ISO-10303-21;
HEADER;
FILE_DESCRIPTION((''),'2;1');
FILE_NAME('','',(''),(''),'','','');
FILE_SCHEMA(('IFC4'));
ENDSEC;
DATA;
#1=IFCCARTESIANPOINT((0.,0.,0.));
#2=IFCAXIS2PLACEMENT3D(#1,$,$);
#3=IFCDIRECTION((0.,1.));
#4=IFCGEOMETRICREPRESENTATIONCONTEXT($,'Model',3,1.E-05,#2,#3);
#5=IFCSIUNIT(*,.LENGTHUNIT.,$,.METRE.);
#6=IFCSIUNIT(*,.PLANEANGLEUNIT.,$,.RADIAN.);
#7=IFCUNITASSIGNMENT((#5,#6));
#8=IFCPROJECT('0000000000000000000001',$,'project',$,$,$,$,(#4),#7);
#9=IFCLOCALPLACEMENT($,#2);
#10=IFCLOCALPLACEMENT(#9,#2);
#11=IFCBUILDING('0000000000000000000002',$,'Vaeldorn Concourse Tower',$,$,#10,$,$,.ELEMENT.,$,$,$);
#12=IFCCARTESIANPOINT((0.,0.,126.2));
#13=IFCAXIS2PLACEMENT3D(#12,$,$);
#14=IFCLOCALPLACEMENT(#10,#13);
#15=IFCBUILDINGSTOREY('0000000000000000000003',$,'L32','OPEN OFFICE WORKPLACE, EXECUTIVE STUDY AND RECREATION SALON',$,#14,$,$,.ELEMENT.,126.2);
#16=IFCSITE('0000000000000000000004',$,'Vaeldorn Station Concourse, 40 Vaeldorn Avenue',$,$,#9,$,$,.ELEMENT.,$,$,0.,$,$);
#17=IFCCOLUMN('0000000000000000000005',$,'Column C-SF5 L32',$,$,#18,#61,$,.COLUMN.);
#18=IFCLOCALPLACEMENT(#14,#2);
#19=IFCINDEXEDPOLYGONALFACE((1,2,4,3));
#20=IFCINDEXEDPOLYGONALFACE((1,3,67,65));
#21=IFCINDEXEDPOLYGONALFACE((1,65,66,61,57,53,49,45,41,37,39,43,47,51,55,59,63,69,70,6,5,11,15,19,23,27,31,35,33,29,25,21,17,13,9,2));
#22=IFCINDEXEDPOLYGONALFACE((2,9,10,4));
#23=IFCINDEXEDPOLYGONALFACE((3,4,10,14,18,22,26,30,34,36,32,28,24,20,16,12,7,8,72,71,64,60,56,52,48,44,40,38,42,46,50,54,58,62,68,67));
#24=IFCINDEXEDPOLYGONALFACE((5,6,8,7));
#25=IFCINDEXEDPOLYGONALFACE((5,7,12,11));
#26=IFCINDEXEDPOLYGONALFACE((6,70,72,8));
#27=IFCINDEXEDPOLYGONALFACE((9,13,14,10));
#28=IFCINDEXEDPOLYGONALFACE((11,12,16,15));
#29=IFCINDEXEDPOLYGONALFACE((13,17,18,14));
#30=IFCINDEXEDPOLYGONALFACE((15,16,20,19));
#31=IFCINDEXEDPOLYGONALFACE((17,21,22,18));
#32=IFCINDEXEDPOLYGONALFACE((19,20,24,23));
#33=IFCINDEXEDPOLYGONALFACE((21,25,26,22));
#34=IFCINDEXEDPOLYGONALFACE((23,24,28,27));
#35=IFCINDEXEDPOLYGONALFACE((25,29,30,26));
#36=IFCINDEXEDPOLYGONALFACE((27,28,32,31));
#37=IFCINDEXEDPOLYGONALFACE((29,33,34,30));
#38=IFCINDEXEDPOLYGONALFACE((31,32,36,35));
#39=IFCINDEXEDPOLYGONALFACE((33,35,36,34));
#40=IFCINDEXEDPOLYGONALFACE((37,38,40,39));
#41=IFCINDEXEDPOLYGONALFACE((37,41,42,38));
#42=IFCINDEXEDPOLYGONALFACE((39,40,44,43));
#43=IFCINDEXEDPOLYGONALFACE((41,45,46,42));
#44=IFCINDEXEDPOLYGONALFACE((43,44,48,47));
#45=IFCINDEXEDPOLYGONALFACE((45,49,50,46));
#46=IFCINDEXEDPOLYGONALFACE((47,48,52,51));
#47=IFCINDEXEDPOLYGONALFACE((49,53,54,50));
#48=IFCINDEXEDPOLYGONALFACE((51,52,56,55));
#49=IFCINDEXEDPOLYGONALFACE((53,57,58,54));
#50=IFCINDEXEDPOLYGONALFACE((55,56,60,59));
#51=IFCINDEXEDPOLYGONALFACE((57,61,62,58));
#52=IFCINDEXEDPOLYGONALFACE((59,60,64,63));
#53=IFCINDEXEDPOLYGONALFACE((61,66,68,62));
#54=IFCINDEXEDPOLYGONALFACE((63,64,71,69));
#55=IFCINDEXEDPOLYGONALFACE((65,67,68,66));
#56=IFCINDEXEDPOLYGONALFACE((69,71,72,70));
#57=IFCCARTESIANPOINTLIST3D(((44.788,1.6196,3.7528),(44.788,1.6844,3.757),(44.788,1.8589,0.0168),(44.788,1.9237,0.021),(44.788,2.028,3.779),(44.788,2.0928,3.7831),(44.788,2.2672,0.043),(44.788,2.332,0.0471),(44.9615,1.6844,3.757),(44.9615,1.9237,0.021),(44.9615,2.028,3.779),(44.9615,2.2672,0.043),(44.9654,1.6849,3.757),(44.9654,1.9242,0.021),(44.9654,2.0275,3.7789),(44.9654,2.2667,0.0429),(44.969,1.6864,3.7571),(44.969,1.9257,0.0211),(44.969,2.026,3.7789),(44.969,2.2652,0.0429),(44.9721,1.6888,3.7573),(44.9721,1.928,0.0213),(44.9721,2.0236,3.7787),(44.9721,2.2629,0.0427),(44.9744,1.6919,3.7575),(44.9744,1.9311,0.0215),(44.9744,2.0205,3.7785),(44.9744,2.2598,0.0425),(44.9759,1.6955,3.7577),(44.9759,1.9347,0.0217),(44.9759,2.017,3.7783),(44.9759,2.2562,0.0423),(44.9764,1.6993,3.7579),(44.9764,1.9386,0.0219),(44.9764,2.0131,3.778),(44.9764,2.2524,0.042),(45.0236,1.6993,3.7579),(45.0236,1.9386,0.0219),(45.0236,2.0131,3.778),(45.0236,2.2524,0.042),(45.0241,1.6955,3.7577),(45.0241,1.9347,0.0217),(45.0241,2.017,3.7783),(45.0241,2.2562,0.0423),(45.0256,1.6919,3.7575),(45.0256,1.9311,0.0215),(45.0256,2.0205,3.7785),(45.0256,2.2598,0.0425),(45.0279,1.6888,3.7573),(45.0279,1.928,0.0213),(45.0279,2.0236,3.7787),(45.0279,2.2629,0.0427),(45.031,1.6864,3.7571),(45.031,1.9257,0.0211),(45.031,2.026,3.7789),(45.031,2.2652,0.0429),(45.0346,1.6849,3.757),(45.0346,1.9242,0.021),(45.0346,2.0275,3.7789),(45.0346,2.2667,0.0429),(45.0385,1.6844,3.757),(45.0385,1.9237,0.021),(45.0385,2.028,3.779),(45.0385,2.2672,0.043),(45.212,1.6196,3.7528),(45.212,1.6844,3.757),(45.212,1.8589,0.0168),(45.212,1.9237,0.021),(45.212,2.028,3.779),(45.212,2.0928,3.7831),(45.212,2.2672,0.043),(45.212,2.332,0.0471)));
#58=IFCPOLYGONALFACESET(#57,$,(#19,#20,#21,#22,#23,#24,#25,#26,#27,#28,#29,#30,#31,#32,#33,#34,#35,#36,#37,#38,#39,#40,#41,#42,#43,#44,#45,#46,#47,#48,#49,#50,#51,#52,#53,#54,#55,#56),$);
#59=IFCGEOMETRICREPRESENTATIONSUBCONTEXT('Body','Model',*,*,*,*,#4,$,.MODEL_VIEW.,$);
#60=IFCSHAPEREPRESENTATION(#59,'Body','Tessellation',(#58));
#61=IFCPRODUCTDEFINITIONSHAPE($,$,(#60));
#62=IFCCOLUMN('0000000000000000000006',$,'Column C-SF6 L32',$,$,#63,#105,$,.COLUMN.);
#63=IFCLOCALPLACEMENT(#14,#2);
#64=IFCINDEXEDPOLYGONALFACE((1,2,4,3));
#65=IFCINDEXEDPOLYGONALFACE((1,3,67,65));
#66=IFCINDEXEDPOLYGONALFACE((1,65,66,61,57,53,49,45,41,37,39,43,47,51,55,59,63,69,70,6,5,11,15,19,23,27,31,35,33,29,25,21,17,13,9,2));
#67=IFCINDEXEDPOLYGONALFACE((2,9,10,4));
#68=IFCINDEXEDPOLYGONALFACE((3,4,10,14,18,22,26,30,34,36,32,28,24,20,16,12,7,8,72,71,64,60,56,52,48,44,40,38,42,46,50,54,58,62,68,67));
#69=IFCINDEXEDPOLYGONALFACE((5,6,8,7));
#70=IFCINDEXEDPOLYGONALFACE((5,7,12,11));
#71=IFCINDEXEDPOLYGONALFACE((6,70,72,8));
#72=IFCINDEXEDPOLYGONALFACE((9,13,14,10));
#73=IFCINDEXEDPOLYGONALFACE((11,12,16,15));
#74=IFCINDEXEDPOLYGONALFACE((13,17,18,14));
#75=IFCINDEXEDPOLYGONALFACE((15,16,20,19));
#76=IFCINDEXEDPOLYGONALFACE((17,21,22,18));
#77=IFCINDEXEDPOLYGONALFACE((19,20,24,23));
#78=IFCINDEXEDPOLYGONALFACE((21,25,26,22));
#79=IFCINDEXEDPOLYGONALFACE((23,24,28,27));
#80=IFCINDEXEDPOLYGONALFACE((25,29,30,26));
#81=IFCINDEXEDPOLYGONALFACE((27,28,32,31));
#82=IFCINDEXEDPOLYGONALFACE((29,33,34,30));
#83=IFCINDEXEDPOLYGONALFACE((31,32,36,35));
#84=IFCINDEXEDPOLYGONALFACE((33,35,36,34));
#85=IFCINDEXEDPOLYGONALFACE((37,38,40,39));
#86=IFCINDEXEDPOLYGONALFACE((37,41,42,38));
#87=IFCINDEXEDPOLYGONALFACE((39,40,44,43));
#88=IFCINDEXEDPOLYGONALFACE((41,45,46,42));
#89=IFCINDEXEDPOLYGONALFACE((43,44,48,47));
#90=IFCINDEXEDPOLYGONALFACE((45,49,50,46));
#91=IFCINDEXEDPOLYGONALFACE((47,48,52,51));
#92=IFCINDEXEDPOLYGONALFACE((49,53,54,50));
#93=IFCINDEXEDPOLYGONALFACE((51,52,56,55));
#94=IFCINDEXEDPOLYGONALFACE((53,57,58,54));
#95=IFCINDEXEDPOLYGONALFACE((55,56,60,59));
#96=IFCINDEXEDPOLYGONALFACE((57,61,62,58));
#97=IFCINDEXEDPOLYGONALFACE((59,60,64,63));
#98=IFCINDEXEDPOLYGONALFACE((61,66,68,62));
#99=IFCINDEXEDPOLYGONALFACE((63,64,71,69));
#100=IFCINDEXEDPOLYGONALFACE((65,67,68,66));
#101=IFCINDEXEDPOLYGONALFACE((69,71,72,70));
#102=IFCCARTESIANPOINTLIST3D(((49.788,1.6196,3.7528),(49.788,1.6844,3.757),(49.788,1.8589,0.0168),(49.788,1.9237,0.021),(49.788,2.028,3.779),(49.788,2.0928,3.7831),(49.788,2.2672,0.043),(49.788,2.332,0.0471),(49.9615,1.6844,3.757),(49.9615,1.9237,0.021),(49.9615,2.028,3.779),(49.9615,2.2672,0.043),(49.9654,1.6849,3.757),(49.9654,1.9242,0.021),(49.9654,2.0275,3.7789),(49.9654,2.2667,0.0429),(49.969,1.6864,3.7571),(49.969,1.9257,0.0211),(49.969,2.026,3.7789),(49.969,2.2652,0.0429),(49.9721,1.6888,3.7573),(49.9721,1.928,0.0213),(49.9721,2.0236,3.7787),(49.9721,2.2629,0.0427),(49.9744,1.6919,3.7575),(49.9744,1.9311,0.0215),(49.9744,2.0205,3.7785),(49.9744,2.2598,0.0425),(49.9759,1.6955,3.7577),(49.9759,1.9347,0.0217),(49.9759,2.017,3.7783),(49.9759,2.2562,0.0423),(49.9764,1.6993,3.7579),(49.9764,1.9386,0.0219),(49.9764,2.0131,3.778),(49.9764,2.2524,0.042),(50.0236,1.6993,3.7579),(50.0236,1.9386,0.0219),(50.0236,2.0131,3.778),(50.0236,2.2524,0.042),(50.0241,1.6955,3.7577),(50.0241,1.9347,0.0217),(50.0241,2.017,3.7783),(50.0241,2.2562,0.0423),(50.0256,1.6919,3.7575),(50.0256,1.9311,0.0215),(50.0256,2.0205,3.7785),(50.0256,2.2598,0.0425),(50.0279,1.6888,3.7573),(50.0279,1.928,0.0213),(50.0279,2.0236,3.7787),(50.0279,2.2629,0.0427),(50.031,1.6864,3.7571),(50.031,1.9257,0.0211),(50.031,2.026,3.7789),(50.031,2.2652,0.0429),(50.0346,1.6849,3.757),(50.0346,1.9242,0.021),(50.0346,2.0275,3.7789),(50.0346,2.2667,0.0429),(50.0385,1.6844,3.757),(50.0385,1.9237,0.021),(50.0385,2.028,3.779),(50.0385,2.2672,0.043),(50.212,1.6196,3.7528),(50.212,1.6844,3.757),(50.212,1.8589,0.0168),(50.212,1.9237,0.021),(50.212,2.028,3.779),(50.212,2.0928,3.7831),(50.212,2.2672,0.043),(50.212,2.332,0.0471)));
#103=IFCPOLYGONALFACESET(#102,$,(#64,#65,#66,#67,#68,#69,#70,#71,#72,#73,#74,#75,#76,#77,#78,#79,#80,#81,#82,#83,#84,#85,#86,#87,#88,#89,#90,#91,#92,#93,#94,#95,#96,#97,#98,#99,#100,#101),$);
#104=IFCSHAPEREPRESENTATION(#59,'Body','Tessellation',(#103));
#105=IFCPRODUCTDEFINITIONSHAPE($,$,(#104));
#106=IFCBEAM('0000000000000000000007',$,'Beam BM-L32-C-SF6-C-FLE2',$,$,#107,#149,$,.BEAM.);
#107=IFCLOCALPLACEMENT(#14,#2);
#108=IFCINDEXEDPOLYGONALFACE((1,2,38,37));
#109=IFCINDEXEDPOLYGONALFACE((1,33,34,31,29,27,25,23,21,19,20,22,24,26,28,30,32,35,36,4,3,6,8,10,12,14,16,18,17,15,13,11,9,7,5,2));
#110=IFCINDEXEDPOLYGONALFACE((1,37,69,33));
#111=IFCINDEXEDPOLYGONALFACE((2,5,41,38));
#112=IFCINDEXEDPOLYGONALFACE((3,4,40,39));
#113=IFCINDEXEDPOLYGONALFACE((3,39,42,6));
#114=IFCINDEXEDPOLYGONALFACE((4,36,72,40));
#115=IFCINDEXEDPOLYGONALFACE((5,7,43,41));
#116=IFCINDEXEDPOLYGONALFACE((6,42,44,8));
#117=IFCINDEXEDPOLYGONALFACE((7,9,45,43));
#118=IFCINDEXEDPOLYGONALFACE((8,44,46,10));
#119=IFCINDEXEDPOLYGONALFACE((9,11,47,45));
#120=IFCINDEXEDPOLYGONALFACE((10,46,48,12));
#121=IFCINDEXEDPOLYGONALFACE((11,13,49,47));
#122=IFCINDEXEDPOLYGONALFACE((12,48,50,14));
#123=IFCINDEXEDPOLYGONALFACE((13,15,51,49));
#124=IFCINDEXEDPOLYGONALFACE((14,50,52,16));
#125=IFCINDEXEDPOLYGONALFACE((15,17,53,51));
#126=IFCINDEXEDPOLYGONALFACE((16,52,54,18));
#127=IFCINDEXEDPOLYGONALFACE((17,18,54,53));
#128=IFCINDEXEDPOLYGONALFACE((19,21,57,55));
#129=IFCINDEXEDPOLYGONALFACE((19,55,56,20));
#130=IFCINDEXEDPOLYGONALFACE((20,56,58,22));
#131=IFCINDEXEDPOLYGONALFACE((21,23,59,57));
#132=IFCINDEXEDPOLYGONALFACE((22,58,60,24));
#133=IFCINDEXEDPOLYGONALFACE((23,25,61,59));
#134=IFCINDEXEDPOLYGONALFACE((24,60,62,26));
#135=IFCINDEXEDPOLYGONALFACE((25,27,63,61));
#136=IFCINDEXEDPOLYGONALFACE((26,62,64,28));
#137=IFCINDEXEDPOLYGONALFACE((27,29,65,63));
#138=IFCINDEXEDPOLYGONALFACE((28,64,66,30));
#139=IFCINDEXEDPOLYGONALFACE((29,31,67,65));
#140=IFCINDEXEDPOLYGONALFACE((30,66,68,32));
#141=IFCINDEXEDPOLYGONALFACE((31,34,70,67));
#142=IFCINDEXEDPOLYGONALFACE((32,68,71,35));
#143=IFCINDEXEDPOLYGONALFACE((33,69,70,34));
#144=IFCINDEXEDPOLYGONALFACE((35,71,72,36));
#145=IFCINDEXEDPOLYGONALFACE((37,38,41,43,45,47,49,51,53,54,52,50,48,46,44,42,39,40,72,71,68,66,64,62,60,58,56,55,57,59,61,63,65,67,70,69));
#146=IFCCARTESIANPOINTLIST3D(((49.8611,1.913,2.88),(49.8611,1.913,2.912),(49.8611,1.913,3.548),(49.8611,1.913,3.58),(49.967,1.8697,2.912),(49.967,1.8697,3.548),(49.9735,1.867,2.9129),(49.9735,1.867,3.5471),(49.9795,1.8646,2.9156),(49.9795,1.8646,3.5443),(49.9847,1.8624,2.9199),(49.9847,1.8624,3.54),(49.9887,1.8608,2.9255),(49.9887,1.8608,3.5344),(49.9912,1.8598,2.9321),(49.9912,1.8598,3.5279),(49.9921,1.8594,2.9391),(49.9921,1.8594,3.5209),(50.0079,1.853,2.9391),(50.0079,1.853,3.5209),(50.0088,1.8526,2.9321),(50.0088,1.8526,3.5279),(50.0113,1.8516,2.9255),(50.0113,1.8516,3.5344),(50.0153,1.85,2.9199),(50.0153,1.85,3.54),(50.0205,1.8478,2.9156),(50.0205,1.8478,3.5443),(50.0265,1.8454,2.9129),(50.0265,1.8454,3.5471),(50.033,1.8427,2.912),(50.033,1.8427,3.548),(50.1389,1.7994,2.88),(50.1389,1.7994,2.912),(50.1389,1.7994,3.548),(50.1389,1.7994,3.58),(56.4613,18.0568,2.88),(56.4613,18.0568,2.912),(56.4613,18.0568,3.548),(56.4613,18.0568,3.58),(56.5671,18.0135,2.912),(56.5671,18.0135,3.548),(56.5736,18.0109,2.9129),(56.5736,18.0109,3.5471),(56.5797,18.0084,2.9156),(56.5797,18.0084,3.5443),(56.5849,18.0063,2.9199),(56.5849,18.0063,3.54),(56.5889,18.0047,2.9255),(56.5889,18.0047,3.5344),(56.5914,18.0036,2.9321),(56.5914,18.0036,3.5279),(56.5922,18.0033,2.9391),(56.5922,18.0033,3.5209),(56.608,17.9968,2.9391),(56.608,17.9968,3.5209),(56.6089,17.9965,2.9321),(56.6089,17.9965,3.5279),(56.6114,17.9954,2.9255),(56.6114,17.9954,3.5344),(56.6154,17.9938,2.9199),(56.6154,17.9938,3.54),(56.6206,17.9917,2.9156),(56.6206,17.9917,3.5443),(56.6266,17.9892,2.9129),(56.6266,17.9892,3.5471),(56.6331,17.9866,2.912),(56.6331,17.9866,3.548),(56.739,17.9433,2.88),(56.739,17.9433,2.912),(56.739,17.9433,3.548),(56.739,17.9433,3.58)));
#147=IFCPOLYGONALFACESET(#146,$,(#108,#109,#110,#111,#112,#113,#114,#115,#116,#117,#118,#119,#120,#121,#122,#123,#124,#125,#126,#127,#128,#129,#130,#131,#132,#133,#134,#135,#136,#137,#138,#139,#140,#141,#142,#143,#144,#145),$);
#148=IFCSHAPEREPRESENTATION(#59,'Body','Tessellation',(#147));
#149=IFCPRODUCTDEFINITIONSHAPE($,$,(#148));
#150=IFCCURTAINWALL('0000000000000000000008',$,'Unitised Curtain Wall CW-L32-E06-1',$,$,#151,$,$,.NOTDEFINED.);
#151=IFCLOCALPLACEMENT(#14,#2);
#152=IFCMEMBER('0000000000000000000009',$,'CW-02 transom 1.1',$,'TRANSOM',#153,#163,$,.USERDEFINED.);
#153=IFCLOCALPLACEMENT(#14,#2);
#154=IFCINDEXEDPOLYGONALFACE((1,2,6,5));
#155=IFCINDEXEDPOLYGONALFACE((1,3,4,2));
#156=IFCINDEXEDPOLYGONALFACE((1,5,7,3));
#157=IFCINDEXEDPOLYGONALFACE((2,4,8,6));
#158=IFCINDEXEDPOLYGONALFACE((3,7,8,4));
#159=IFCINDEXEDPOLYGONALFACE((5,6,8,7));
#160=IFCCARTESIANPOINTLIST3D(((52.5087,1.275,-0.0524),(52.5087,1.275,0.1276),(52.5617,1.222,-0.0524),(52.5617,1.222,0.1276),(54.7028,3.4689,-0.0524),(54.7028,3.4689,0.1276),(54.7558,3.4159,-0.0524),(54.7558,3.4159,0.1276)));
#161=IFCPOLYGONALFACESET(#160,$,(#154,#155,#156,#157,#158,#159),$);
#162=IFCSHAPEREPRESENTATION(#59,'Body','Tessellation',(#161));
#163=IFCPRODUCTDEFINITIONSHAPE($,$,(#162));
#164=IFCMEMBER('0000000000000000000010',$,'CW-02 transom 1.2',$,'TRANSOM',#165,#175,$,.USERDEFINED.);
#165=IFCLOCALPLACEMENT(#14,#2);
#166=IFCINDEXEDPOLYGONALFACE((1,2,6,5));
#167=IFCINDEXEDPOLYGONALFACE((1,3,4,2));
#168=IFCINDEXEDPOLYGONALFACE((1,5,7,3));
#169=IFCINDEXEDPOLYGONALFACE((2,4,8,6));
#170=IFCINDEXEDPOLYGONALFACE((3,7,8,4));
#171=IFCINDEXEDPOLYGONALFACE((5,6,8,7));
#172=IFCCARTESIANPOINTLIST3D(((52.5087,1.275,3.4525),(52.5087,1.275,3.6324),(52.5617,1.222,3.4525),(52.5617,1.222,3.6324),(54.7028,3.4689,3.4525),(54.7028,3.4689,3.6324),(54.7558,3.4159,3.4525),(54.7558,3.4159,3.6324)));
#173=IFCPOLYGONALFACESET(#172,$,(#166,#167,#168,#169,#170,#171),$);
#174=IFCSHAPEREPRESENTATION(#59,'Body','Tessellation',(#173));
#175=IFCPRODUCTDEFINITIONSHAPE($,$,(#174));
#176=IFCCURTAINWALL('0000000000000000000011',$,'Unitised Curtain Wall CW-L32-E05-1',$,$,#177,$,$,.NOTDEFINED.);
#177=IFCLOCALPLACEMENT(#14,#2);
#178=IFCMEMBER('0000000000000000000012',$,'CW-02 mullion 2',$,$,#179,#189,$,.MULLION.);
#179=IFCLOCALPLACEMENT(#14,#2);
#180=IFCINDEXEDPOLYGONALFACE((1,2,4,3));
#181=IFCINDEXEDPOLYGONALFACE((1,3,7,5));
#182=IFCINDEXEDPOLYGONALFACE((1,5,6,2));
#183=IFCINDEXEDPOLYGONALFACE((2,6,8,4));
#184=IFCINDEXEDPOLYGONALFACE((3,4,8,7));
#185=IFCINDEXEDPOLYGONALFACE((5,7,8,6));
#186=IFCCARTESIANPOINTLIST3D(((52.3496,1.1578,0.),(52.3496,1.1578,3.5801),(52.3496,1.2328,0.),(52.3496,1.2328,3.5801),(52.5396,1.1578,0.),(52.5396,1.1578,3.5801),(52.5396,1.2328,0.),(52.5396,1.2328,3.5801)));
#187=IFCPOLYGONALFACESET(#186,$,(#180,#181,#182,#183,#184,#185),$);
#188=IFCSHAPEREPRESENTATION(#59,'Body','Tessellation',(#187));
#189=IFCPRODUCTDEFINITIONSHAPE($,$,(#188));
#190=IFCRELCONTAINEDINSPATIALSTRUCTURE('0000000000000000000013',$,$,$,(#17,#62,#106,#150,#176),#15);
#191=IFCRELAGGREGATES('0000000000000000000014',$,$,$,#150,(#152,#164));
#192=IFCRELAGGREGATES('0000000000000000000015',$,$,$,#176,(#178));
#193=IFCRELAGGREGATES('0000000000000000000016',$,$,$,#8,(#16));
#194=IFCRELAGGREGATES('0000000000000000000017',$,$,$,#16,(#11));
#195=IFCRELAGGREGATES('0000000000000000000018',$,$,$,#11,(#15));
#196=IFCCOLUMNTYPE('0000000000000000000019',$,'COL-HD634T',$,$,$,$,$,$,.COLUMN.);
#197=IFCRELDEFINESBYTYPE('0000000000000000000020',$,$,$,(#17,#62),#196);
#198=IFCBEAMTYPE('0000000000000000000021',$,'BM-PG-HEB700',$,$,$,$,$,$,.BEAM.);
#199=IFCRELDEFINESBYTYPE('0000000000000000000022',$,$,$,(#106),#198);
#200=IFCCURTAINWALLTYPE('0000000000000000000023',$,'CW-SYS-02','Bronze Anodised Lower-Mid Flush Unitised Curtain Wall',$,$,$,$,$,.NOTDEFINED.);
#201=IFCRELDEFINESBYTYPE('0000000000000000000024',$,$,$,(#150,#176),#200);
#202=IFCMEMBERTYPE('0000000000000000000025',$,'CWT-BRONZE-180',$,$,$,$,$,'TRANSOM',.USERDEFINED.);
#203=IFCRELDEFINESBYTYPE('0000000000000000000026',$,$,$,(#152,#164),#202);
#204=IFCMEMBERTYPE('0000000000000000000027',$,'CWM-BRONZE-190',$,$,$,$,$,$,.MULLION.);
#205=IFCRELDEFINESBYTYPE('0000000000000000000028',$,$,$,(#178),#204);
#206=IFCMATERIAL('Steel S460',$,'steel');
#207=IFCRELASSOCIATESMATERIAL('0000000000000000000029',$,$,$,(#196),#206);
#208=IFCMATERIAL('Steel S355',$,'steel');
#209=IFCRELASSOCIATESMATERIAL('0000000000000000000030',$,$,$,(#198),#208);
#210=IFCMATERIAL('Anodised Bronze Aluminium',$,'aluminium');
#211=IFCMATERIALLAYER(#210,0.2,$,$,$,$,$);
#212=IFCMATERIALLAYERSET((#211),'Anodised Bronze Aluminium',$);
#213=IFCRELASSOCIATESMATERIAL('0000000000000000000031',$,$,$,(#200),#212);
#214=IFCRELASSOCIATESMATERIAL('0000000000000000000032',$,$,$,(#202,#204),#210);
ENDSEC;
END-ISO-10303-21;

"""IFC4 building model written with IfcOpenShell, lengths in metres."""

from ifc_helpers import new_model, si_unit, direction, frame, origin, origin_2d, place, context, subcontext, project, spatial, rectangle, i_section, extrude, source, transform, mapped, material, layer, layer_set, material_profile, profile_set, type_object, element, aggregate, save


model = new_model("IFC4")

# Units and contexts
model_context = context("Model", 3, precision=1e-05, world=origin(), true_north=direction((0.0, 1.0)))
body_context = subcontext(model_context, "Body", "Model", "MODEL_VIEW")
ifc_project = project(units=[si_unit("LENGTHUNIT", "METRE"), si_unit("PLANEANGLEUNIT", "RADIAN")], contexts=[model_context])

# Site, building, storey
site_placement = place(None, origin())
site = spatial("IfcSite", under=ifc_project, at=site_placement, Name="Vaeldorn Station Concourse, 40 Vaeldorn Avenue", CompositionType="ELEMENT", RefElevation=0.0)
building_placement = place(site_placement, origin())
building = spatial("IfcBuilding", under=site, at=building_placement, Name="Vaeldorn Concourse Tower", CompositionType="ELEMENT")
storey_placement = place(building_placement, frame((0.0, 0.0, 126.2)))
storey = spatial("IfcBuildingStorey", under=building, at=storey_placement, Name="L32", Description="OPEN OFFICE WORKPLACE, EXECUTIVE STUDY AND RECREATION SALON", CompositionType="ELEMENT", Elevation=126.2)

# Columns
ifc_material_1 = material(Name="Steel S460", Category="steel")
ifc_material_profile_1 = material_profile(ifc_material_1, i_section(OverallWidth=0.4241, OverallDepth=0.4741, WebThickness=0.0471, FlangeThickness=0.0649, FilletRadius=0.0149, at=origin_2d()), Name="HD 400x634")
ifc_profile_set_1 = profile_set([ifc_material_profile_1], Name="Steel S460")
column_type = type_object("IfcColumnType", Name="COL-HD634T", PredefinedType="COLUMN", material=ifc_profile_set_1)
shared_shape_1 = source(origin(), body_context, "Body", "SweptSolid", [
    extrude(i_section(OverallWidth=0.4241, OverallDepth=0.4741, WebThickness=0.0471, FlangeThickness=0.0649, FilletRadius=0.0149, at=origin_2d()), origin(), (0.0, 0.0, 1.0), 3.7437),
])
for number, where, z_axis, x_axis, name in (
    (1, (45.0, 2.0955, 0.032), (0.0, -0.063909, 0.997956), (1.0, 0.0, 0.0), "Column C-SF5 L32"),
    (2, (50.0, 2.0955, 0.032), (0.0, -0.063909, 0.997956), (1.0, 0.0, 0.0), "Column C-SF6 L32"),
):
    element("IfcColumn", number, at=place(storey_placement, frame(where, z_axis=z_axis, x_axis=x_axis)), inside=storey, type_object=column_type, Name=name, PredefinedType="COLUMN", context=body_context, shape_type="MappedRepresentation", body=[
        mapped(shared_shape_1, transform((0.0, 0.0, 0.0), scale=1.0)),
    ])

# Beam
ifc_material_2 = material(Name="Steel S355", Category="steel")
ifc_material_profile_2 = material_profile(ifc_material_2, i_section(OverallWidth=0.3, OverallDepth=0.7, WebThickness=0.0171, FlangeThickness=0.032, FilletRadius=0.0271, at=origin_2d()), Name="HEB 700")
ifc_profile_set_2 = profile_set([ifc_material_profile_2], Name="Steel S355")
beam_type = type_object("IfcBeamType", Name="BM-PG-HEB700", PredefinedType="BEAM", material=ifc_profile_set_2)
shared_shape_2 = source(origin(), body_context, "Body", "SweptSolid", [
    extrude(i_section(OverallWidth=0.3, OverallDepth=0.7, WebThickness=0.0171, FlangeThickness=0.032, FilletRadius=0.0271, at=origin_2d()), origin(), (0.0, 0.0, 1.0), 17.4409),
])
beam_placement = place(storey_placement, frame((50.0, 1.8562, 3.23), z_axis=(0.378427, 0.925631, 0.0), x_axis=(-0.925631, 0.378427, 0.0)))
element("IfcBeam", 3, at=beam_placement, inside=storey, type_object=beam_type, Name="Beam BM-L32-C-SF6-C-FLE2", PredefinedType="BEAM", context=body_context, shape_type="MappedRepresentation", body=[
    mapped(shared_shape_2, transform((0.0, 0.0, 0.0), scale=1.0)),
])

# Curtain wall, members
ifc_material_3 = material(Name="Anodised Bronze Aluminium", Category="aluminium")
ifc_layer_1 = layer(ifc_material_3, 0.2)
ifc_layer_set_1 = layer_set([ifc_layer_1], Name="Anodised Bronze Aluminium")
curtain_wall_type = type_object("IfcCurtainWallType", Name="CW-SYS-02", Description="Bronze Anodised Lower-Mid Flush Unitised Curtain Wall", PredefinedType="NOTDEFINED", material=ifc_layer_set_1)
curtain_wall_1_placement = place(storey_placement, origin())
curtain_wall_1 = element("IfcCurtainWall", 4, at=curtain_wall_1_placement, inside=storey, type_object=curtain_wall_type, Name="Unitised Curtain Wall CW-L32-E06-1", PredefinedType="NOTDEFINED")
ifc_material_profile_3 = material_profile(ifc_material_3, rectangle(XDim=0.075, YDim=0.1799, at=origin_2d()), Name="CWT 75x180")
ifc_profile_set_3 = profile_set([ifc_material_profile_3], Name="Anodised Bronze Aluminium")
member_type_1 = type_object("IfcMemberType", Name="CWT-BRONZE-180", ElementType="TRANSOM", PredefinedType="USERDEFINED", material=ifc_profile_set_3)
shared_shape_3 = source(origin(), body_context, "Body", "SweptSolid", [
    extrude(rectangle(XDim=0.075, YDim=0.1799, at=origin_2d()), origin(), (0.0, 0.0, 1.0), 3.1028),
])
member_1_placement = place(storey_placement, frame((52.5352, 1.2485, 0.0376), z_axis=(0.707146, 0.707067, 0.0), x_axis=(-0.707067, 0.707146, 0.0)))
member_1 = element("IfcMember", 5, at=member_1_placement, type_object=member_type_1, Name="CW-02 transom 1.1", ObjectType="TRANSOM", PredefinedType="USERDEFINED", context=body_context, shape_type="MappedRepresentation", body=[
    mapped(shared_shape_3, transform((0.0, 0.0, 0.0), scale=1.0)),
])
member_2_placement = place(storey_placement, frame((52.5352, 1.2485, 3.5425), z_axis=(0.707146, 0.707067, 0.0), x_axis=(-0.707067, 0.707146, 0.0)))
member_2 = element("IfcMember", 6, at=member_2_placement, type_object=member_type_1, Name="CW-02 transom 1.2", ObjectType="TRANSOM", PredefinedType="USERDEFINED", context=body_context, shape_type="MappedRepresentation", body=[
    mapped(shared_shape_3, transform((0.0, 0.0, 0.0), scale=1.0)),
])

# Curtain wall, member
curtain_wall_2_placement = place(storey_placement, origin())
curtain_wall_2 = element("IfcCurtainWall", 7, at=curtain_wall_2_placement, inside=storey, type_object=curtain_wall_type, Name="Unitised Curtain Wall CW-L32-E05-1", PredefinedType="NOTDEFINED")
ifc_material_profile_4 = material_profile(ifc_material_3, rectangle(XDim=0.075, YDim=0.1899, at=origin_2d()), Name="CWM 75x190")
ifc_profile_set_4 = profile_set([ifc_material_profile_4], Name="Anodised Bronze Aluminium")
member_type_2 = type_object("IfcMemberType", Name="CWM-BRONZE-190", PredefinedType="MULLION", material=ifc_profile_set_4)
shared_shape_4 = source(origin(), body_context, "Body", "SweptSolid", [
    extrude(rectangle(XDim=0.075, YDim=0.1899, at=origin_2d()), origin(), (0.0, 0.0, 1.0), 3.5801),
])
member_3_placement = place(storey_placement, frame((52.4446, 1.1953, 0.0), z_axis=(0.0, 0.0, 1.0), x_axis=(0.0, 1.0, 0.0)))
member_3 = element("IfcMember", 8, at=member_3_placement, type_object=member_type_2, Name="CW-02 mullion 2", PredefinedType="MULLION", context=body_context, shape_type="MappedRepresentation", body=[
    mapped(shared_shape_4, transform((0.0, 0.0, 0.0), scale=1.0)),
])

aggregate(curtain_wall_1, [member_1, member_2])
aggregate(curtain_wall_2, [member_3])

save(model, "model.ifc")
